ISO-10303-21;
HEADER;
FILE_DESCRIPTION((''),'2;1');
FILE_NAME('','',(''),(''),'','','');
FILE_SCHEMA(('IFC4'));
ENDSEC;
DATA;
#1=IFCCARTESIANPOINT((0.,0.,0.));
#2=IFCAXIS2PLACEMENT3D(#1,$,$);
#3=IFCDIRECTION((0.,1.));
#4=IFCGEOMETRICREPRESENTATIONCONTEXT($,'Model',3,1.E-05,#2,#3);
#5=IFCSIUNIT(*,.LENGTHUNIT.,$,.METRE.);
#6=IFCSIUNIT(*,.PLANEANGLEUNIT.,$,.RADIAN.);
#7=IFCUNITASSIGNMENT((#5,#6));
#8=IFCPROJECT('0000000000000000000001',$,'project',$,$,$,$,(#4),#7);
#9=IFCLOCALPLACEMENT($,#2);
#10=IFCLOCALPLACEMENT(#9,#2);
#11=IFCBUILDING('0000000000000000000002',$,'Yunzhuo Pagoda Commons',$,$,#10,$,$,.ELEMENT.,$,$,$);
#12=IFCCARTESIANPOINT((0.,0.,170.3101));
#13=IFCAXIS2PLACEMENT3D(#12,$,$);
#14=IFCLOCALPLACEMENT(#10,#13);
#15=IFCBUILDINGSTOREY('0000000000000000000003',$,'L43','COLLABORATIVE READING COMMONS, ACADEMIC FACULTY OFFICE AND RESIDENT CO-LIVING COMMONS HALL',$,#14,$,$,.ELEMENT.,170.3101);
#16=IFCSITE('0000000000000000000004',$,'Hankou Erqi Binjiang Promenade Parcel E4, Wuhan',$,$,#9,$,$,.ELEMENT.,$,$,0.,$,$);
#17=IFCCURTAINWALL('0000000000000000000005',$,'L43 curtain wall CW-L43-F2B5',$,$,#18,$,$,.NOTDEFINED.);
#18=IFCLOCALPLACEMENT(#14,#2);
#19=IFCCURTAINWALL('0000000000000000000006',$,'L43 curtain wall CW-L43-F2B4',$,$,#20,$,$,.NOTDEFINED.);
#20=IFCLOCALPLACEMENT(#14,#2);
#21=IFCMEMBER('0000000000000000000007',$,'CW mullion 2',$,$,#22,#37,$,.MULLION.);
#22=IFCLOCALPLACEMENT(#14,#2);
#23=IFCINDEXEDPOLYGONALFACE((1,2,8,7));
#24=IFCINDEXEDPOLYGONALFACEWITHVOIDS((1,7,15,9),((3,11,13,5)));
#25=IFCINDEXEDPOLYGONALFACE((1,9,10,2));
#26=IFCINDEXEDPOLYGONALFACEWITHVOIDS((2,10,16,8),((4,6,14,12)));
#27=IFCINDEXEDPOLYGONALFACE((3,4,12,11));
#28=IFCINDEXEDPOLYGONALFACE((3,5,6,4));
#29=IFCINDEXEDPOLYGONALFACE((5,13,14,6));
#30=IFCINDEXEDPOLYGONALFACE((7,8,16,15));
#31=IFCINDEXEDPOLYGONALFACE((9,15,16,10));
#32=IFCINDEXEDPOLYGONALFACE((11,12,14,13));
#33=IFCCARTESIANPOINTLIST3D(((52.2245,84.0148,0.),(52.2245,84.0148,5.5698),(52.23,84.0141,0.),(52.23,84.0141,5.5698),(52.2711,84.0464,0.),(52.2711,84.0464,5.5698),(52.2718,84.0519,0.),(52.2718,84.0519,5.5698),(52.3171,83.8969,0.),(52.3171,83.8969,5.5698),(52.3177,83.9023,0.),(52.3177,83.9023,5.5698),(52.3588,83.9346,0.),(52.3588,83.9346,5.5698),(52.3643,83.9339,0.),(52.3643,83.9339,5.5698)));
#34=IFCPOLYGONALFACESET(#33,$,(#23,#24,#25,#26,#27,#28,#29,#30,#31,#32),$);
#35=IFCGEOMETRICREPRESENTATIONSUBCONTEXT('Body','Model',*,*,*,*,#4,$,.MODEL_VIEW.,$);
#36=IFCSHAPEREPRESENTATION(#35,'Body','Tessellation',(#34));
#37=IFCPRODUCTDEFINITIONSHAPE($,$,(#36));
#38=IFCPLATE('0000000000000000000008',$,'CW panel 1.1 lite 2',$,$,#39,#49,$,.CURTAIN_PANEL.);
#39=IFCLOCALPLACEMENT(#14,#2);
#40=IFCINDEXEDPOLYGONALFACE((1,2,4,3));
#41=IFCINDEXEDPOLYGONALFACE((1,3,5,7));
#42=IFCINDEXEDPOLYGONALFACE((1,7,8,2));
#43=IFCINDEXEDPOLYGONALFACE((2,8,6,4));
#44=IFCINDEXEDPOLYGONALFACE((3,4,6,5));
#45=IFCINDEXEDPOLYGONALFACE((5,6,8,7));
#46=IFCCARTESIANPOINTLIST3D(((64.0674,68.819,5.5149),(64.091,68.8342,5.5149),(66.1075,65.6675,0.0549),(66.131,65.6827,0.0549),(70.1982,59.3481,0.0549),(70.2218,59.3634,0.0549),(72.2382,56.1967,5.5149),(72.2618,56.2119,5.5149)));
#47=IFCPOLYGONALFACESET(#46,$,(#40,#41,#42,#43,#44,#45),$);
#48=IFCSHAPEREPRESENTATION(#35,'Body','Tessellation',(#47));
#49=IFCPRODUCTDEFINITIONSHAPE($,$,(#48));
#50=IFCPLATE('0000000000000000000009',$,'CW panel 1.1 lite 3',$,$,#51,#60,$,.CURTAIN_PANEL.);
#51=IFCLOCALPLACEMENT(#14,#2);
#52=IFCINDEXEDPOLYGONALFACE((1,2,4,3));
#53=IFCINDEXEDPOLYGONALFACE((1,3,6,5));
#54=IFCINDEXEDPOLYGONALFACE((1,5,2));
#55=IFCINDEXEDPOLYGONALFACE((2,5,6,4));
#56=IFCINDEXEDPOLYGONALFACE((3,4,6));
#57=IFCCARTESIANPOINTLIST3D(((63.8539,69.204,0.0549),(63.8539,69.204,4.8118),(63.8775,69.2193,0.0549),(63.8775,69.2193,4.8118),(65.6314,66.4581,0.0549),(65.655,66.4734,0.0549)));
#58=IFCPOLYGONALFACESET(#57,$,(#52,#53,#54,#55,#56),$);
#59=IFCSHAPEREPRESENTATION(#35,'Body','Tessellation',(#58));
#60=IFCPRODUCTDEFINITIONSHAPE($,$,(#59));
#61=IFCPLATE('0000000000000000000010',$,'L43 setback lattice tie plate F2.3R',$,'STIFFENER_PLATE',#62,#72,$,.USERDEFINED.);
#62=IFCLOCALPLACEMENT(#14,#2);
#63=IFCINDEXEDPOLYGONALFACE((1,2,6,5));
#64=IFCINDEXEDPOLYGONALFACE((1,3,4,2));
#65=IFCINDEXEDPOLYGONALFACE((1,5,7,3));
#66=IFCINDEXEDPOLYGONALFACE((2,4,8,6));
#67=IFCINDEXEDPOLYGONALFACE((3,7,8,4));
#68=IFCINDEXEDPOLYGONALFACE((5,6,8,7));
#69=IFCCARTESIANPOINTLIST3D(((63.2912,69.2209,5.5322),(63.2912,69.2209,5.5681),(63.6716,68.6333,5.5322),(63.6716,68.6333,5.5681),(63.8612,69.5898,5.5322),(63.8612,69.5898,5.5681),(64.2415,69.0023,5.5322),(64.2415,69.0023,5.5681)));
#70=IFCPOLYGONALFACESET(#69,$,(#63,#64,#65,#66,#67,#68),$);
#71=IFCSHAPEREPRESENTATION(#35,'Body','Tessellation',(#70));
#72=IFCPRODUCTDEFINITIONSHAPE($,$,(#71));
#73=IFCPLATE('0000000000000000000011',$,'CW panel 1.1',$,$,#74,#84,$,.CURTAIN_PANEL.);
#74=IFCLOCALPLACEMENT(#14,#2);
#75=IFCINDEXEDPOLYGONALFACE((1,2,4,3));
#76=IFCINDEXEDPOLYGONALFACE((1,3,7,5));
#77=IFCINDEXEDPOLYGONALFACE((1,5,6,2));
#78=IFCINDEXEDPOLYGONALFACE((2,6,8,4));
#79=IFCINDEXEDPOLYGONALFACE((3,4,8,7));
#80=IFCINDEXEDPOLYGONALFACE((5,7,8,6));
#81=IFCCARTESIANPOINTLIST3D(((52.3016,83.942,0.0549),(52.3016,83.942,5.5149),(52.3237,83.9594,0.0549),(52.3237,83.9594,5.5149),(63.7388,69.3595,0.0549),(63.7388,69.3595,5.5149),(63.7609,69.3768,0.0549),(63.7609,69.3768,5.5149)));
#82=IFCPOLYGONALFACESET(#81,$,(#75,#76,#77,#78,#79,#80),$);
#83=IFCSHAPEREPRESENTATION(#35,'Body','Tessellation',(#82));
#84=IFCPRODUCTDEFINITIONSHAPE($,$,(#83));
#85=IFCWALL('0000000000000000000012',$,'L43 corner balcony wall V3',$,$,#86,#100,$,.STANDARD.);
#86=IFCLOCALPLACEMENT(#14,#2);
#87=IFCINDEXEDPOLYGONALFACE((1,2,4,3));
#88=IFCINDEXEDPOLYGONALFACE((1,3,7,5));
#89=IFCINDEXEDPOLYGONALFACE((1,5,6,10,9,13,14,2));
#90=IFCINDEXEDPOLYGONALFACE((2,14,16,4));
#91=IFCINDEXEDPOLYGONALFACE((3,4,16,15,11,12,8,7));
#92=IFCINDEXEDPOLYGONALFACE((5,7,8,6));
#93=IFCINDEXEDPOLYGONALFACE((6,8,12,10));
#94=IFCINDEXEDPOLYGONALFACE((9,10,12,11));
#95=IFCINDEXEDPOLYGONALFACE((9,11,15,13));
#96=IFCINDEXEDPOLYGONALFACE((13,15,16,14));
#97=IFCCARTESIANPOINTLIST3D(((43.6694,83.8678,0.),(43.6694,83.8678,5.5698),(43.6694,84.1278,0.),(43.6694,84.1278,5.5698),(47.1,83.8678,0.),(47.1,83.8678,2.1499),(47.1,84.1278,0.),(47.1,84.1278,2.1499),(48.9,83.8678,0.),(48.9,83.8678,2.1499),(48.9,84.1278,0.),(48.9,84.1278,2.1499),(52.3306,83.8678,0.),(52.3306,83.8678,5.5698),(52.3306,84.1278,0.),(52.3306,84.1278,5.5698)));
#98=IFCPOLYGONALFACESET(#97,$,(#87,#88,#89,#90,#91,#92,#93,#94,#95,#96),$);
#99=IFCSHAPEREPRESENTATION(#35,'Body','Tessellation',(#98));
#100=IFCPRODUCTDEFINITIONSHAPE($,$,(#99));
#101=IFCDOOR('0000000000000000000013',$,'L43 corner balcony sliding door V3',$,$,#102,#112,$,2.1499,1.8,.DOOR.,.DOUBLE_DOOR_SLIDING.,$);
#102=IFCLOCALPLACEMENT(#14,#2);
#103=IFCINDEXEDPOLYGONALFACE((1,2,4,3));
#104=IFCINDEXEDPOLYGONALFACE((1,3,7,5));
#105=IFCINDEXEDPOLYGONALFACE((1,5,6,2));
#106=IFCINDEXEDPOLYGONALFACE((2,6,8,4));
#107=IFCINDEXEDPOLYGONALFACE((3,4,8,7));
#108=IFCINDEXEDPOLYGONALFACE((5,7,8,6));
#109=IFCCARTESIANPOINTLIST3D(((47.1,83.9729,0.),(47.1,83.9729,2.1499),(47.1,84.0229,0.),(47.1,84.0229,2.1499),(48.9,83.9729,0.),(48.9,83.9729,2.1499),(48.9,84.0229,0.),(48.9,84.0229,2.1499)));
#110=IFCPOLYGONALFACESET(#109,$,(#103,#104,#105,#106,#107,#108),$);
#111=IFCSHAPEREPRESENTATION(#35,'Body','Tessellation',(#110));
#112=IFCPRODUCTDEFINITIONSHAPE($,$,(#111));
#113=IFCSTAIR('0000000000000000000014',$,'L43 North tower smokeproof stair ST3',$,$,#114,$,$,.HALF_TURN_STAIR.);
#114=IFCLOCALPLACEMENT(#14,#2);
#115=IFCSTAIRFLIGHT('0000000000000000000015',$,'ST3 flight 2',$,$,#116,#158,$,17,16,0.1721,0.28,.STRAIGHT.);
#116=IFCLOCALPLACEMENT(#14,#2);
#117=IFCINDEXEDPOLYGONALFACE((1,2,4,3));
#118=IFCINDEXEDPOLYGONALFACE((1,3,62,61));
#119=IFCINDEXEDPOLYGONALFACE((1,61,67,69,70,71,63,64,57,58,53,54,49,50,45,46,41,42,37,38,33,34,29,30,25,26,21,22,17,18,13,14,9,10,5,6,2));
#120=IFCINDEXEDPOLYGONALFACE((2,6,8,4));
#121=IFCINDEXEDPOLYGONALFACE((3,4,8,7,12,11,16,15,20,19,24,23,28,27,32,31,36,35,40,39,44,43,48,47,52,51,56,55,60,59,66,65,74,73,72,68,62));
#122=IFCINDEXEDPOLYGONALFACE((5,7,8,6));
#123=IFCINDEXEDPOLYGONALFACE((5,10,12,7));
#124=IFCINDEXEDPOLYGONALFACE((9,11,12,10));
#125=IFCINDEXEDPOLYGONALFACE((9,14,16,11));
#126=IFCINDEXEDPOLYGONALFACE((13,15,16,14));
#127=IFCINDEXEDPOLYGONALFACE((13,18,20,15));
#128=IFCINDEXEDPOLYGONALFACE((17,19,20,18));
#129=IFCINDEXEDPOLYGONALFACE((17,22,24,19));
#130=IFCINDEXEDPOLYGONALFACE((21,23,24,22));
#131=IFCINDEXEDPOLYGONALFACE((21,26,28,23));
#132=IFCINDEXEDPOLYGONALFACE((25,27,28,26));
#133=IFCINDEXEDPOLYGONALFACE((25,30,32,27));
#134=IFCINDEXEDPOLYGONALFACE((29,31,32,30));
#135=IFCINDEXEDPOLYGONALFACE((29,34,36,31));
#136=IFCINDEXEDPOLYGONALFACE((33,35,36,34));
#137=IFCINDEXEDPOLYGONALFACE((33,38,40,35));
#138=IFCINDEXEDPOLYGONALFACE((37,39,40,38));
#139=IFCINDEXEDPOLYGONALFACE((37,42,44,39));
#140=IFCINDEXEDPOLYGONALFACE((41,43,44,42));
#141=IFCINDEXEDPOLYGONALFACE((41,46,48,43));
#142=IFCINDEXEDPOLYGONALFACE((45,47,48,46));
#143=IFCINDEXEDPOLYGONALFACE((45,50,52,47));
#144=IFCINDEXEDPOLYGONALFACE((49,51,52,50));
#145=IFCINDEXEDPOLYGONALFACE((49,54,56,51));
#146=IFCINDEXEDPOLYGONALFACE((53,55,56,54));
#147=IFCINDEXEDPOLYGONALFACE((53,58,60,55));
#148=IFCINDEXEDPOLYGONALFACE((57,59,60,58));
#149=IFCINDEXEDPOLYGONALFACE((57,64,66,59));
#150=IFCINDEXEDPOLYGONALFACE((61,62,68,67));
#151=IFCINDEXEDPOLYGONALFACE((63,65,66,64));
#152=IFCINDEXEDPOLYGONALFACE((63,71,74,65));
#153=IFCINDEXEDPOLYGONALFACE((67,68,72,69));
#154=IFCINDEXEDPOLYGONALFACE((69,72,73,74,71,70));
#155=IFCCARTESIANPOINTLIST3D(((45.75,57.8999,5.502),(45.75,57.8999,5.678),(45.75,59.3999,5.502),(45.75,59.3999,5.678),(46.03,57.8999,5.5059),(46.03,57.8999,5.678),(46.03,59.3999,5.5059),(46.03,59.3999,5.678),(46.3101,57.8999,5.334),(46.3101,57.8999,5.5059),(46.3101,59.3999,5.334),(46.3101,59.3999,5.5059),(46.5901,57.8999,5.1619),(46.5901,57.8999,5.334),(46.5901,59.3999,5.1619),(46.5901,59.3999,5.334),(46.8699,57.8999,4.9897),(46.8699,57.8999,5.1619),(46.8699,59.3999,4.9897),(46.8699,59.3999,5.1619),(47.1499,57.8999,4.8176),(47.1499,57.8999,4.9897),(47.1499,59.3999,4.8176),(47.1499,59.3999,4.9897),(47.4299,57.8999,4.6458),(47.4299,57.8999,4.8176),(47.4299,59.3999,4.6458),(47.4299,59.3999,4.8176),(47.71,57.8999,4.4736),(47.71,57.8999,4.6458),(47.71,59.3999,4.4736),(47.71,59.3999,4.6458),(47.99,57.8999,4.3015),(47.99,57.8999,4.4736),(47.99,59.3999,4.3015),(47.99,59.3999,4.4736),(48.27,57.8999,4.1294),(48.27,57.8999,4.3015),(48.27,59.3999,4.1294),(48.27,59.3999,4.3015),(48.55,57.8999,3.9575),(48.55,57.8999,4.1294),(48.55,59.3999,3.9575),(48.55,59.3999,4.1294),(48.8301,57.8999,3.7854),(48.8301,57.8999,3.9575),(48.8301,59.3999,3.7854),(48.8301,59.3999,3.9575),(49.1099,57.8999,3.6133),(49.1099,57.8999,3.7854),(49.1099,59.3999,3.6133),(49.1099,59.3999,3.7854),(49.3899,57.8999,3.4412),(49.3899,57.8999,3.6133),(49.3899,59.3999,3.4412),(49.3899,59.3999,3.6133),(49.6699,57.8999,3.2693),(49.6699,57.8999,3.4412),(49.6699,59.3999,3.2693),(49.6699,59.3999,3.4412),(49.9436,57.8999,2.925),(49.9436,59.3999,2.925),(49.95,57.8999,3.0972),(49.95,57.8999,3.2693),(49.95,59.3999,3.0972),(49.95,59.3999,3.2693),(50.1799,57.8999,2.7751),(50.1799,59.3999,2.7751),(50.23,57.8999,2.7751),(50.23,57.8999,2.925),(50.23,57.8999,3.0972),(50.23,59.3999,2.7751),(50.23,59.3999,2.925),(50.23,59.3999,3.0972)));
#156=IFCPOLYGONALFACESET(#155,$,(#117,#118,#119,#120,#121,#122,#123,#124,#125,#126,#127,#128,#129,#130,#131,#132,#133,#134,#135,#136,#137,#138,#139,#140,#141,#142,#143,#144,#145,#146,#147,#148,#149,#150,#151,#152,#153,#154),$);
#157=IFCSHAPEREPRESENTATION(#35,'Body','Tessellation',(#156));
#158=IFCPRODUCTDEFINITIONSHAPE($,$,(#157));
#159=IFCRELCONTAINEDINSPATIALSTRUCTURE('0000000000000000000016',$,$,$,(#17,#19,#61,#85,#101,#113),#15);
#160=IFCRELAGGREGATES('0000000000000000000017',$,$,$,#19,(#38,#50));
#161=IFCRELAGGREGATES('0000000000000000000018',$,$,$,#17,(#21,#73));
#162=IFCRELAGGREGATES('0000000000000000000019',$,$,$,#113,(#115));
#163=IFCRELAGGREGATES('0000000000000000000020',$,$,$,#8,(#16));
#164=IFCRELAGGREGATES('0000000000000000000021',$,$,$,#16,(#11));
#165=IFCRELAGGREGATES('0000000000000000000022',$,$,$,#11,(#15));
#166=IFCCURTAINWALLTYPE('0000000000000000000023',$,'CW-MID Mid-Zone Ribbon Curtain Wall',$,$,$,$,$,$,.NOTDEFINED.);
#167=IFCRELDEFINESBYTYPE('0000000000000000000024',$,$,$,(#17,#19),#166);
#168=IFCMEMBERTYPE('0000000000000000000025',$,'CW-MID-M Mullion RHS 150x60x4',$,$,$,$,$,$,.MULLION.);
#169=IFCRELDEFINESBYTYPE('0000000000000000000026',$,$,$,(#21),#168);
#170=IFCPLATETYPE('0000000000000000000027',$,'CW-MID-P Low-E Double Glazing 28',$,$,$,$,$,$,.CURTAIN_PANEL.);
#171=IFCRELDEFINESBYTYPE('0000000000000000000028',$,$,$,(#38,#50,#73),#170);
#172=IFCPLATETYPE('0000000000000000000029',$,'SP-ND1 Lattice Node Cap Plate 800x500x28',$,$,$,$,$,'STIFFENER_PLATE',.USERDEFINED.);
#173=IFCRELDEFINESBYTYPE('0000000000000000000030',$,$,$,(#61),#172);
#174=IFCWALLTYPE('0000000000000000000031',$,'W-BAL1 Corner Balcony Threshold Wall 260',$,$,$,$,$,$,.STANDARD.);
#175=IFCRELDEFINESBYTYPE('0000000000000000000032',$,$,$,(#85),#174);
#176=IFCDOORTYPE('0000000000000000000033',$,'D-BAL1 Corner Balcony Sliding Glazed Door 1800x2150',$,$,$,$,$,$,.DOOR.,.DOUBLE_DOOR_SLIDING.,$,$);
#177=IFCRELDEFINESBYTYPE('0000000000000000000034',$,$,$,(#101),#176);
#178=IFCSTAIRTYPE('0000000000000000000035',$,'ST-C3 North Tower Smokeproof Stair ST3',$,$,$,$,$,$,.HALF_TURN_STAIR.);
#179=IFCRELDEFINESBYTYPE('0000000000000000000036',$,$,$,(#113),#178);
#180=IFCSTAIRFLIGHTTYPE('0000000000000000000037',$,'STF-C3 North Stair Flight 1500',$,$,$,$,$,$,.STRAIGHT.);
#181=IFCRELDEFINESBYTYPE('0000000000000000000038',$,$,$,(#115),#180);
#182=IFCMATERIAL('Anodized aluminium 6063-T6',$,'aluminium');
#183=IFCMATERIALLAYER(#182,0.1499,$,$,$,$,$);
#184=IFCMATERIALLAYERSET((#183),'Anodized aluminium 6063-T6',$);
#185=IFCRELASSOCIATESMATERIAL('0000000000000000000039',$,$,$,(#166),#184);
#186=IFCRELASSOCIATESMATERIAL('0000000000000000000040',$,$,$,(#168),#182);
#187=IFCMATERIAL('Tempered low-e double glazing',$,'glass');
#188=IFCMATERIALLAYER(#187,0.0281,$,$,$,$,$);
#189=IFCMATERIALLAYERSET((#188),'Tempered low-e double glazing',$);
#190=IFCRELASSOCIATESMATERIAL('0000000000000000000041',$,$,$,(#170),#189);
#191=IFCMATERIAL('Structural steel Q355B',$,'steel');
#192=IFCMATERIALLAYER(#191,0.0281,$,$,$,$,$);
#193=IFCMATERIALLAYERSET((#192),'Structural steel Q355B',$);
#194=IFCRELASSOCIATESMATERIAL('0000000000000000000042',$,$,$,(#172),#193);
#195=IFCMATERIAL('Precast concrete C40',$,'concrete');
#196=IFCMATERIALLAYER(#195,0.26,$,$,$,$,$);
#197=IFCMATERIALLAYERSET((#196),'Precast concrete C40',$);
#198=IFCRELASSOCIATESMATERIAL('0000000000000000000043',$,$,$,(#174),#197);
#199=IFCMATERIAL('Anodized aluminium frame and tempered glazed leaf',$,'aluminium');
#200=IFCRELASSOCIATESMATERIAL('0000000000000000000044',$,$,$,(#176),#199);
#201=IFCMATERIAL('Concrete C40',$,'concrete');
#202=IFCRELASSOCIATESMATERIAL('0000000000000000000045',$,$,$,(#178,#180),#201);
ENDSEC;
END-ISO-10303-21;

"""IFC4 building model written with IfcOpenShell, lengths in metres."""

from ifc_helpers import new_model, si_unit, direction, frame, frame_2d, origin, origin_with_axes, origin_2d, place, context, subcontext, project, spatial, polyline, rectangle, hollow_rectangle, outline, extrude, source, transform, mapped, material, layer, layer_set, material_profile, profile_set, type_object, element, fill, aggregate, save


model = new_model("IFC4")

# Units and contexts
model_context = context("Model", 3, precision=1e-05, world=origin(), true_north=direction((0.0, 1.0)))
body_context = subcontext(model_context, "Body", "Model", "MODEL_VIEW")
ifc_project = project(units=[si_unit("LENGTHUNIT", "METRE"), si_unit("PLANEANGLEUNIT", "RADIAN")], contexts=[model_context])

# Site, building, storey
site_placement = place(None, origin())
site = spatial("IfcSite", under=ifc_project, at=site_placement, Name="Hankou Erqi Binjiang Promenade Parcel E4, Wuhan", CompositionType="ELEMENT", RefElevation=0.0)
building_placement = place(site_placement, origin())
building = spatial("IfcBuilding", under=site, at=building_placement, Name="Yunzhuo Pagoda Commons", CompositionType="ELEMENT")
storey_placement = place(building_placement, frame((0.0, 0.0, 170.3101)))
storey = spatial("IfcBuildingStorey", under=building, at=storey_placement, Name="L43", Description="COLLABORATIVE READING COMMONS, ACADEMIC FACULTY OFFICE AND RESIDENT CO-LIVING COMMONS HALL", CompositionType="ELEMENT", Elevation=170.3101)

# Shared definitions
ifc_material_1 = material(Name="Structural steel Q355B", Category="steel")

# Curtain wall
ifc_material_2 = material(Name="Anodized aluminium 6063-T6", Category="aluminium")
ifc_layer_1 = layer(ifc_material_2, 0.1499)
ifc_layer_set_1 = layer_set([ifc_layer_1], Name="Anodized aluminium 6063-T6")
curtain_wall_type = type_object("IfcCurtainWallType", Name="CW-MID Mid-Zone Ribbon Curtain Wall", PredefinedType="NOTDEFINED", material=ifc_layer_set_1)
curtain_wall_1_placement = place(storey_placement, origin())
curtain_wall_1 = element("IfcCurtainWall", 1, at=curtain_wall_1_placement, inside=storey, type_object=curtain_wall_type, Name="L43 curtain wall CW-L43-F2B5", PredefinedType="NOTDEFINED")

# Curtain wall
curtain_wall_2_placement = place(storey_placement, origin())
curtain_wall_2 = element("IfcCurtainWall", 2, at=curtain_wall_2_placement, inside=storey, type_object=curtain_wall_type, Name="L43 curtain wall CW-L43-F2B4", PredefinedType="NOTDEFINED")
ifc_material_profile_1 = material_profile(ifc_material_2, hollow_rectangle(XDim=0.0601, YDim=0.1499, WallThickness=0.0039, at=origin_2d()), Name="Anodized aluminium 6063-T6")
ifc_profile_set_1 = profile_set([ifc_material_profile_1], Name="Anodized aluminium 6063-T6")
member_type_1 = type_object("IfcMemberType", Name="CW-MID-M Mullion RHS 150x60x4", PredefinedType="MULLION", material=ifc_profile_set_1)
shared_shape_1 = source(origin(), body_context, "Body", "SweptSolid", [
    extrude(hollow_rectangle(XDim=0.0601, YDim=0.1499, WallThickness=0.0039, at=origin_2d()), origin(), (0.0, 0.0, 1.0), 5.5698),
])

# Member
member_1_placement = place(storey_placement, frame((52.2944, 83.9744, 0.0), z_axis=(0.0, 0.0, 1.0), x_axis=(-0.786855, -0.617138, 0.0)))
member_1 = element("IfcMember", 3, at=member_1_placement, type_object=member_type_1, Name="CW mullion 2", PredefinedType="MULLION", context=body_context, shape_type="MappedRepresentation", body=[
    mapped(shared_shape_1, transform((0.0, 0.0, 0.0), scale=1.0)),
])

# Plates
ifc_material_3 = material(Name="Tempered low-e double glazing", Category="glass")
ifc_layer_2 = layer(ifc_material_3, 0.0281)
ifc_layer_set_2 = layer_set([ifc_layer_2], Name="Tempered low-e double glazing")
plate_type_1 = type_object("IfcPlateType", Name="CW-MID-P Low-E Double Glazing 28", PredefinedType="CURTAIN_PANEL", material=ifc_layer_set_2)
plate_1_placement = place(storey_placement, frame((68.1528, 62.5078, 2.7849), z_axis=(0.839466, 0.543412, 0.0), x_axis=(-0.543412, 0.839466, 0.0)))
plate_1 = element("IfcPlate", 4, at=plate_1_placement, type_object=plate_type_1, Name="CW panel 1.1 lite 2", PredefinedType="CURTAIN_PANEL", context=body_context, shape_type="SweptSolid", body=[
    extrude(outline(polyline([(-7.5181, 2.73), (-3.7639, -2.73), (3.7639, -2.73), (7.5181, 2.73), (-7.5181, 2.73)])), origin(), (0.0, 0.0, 1.0), 0.0281),
])
plate_2_placement = place(storey_placement, frame((64.7427, 67.8311, 2.4333), z_axis=(0.839466, 0.543412, 0.0), x_axis=(-0.543412, 0.839466, 0.0)))
plate_2 = element("IfcPlate", 5, at=plate_2_placement, type_object=plate_type_1, Name="CW panel 1.1 lite 3", PredefinedType="CURTAIN_PANEL", context=body_context, shape_type="SweptSolid", body=[
    extrude(outline(polyline([(-1.6355, -2.3784), (1.6355, -2.3784), (1.6355, 2.3784), (-1.6355, -2.3784)])), origin(), (0.0, 0.0, 1.0), 0.0281),
])
aggregate(curtain_wall_2, [plate_1, plate_2])
ifc_layer_3 = layer(ifc_material_1, 0.0281)
ifc_layer_set_3 = layer_set([ifc_layer_3], Name="Structural steel Q355B")
plate_type_2 = type_object("IfcPlateType", Name="SP-ND1 Lattice Node Cap Plate 800x500x28", ElementType="STIFFENER_PLATE", PredefinedType="USERDEFINED", material=ifc_layer_set_3)
shared_shape_2 = source(origin(), body_context, "Body", "SweptSolid", [
    extrude(rectangle(XDim=0.7, YDim=0.679, at=origin_2d()), origin(), (0.0, 0.0, 1.0), 0.0359),
])
plate_3_placement = place(storey_placement, frame((63.7664, 69.1116, 5.5322), z_axis=(0.0, 0.0, 1.0), x_axis=(-0.543409, 0.839468, 0.0)))
element("IfcPlate", 6, at=plate_3_placement, inside=storey, type_object=plate_type_2, Name="L43 setback lattice tie plate F2.3R", ObjectType="STIFFENER_PLATE", PredefinedType="USERDEFINED", context=body_context, shape_type="MappedRepresentation", body=[
    mapped(shared_shape_2, transform((0.0, 0.0, 0.0), scale=1.0)),
])
shared_shape_3 = source(origin(), body_context, "Body", "SweptSolid", [
    extrude(rectangle(XDim=18.5327, YDim=0.0281, at=origin_2d()), origin(), (0.0, 0.0, 1.0), 5.46),
])
plate_4_placement = place(storey_placement, frame((58.0312, 76.6594, 0.0549), z_axis=(0.0, 0.0, 1.0), x_axis=(-0.617138, 0.786855, 0.0)))
plate_4 = element("IfcPlate", 7, at=plate_4_placement, type_object=plate_type_1, Name="CW panel 1.1", PredefinedType="CURTAIN_PANEL", context=body_context, shape_type="MappedRepresentation", body=[
    mapped(shared_shape_3, transform((0.0, 0.0, 0.0), scale=1.0)),
])
aggregate(curtain_wall_1, [member_1, plate_4])

# Wall, opening, door
ifc_material_4 = material(Name="Precast concrete C40", Category="concrete")
ifc_layer_4 = layer(ifc_material_4, 0.26)
ifc_layer_set_4 = layer_set([ifc_layer_4], Name="Precast concrete C40")
wall_type = type_object("IfcWallType", Name="W-BAL1 Corner Balcony Threshold Wall 260", PredefinedType="STANDARD", material=ifc_layer_set_4)
wall_placement = place(storey_placement, frame((52.3306, 83.9978, 0.0), z_axis=(0.0, 0.0, 1.0), x_axis=(-1.0, 0.0, 0.0)))
wall = element("IfcWall", 8, at=wall_placement, inside=storey, type_object=wall_type, Name="L43 corner balcony wall V3", PredefinedType="STANDARD", context=body_context, shape_type="SweptSolid", body=[
    extrude(rectangle(XDim=8.6611, YDim=0.26, at=frame_2d((4.3306, 0.0))), origin(), (0.0, 0.0, 1.0), 5.5698),
])
opening_placement = place(wall_placement, frame((3.4307, 0.0, 0.0)))
opening = element("IfcOpeningElement", 9, at=opening_placement, cuts=wall, PredefinedType="OPENING", context=body_context, shape_type="SweptSolid", body=[
    extrude(rectangle(XDim=1.8, YDim=2.1499, at=frame_2d((0.8999, 1.075))), frame((0.0, 0.1401, 0.0), z_axis=(0.0, -1.0, 0.0), x_axis=(1.0, 0.0, 0.0)), (0.0, 0.0, 1.0), 0.28),
])
ifc_material_5 = material(Name="Anodized aluminium frame and tempered glazed leaf", Category="aluminium")
door_type = type_object("IfcDoorType", Name="D-BAL1 Corner Balcony Sliding Glazed Door 1800x2150", OperationType="DOUBLE_DOOR_SLIDING", PredefinedType="DOOR", material=ifc_material_5)
shared_shape_4 = source(origin(), body_context, "Body", "SweptSolid", [
    extrude(rectangle(XDim=1.8, YDim=2.1499, at=frame_2d((0.8999, 1.075))), frame((0.0, 0.0249, 0.0), z_axis=(0.0, -1.0, 0.0), x_axis=(1.0, 0.0, 0.0)), (0.0, 0.0, 1.0), 0.05),
])
door_placement = place(opening_placement, origin_with_axes())
door = element("IfcDoor", 10, at=door_placement, inside=storey, type_object=door_type, Name="L43 corner balcony sliding door V3", OperationType="DOUBLE_DOOR_SLIDING", OverallHeight=2.1499, OverallWidth=1.8, PredefinedType="DOOR", context=body_context, shape_type="MappedRepresentation", body=[
    mapped(shared_shape_4, transform((0.0, 0.0, 0.0), scale=1.0)),
])
fill(opening, door)

# Stair, stair flight
ifc_material_6 = material(Name="Concrete C40", Category="concrete")
stair_type = type_object("IfcStairType", Name="ST-C3 North Tower Smokeproof Stair ST3", PredefinedType="HALF_TURN_STAIR", material=ifc_material_6)
stair_placement = place(storey_placement, origin())
stair = element("IfcStair", 11, at=stair_placement, inside=storey, type_object=stair_type, Name="L43 North tower smokeproof stair ST3", PredefinedType="HALF_TURN_STAIR")
stair_flight_type = type_object("IfcStairFlightType", Name="STF-C3 North Stair Flight 1500", PredefinedType="STRAIGHT", material=ifc_material_6)
shared_shape_5 = source(origin(), body_context, "Body", "SweptSolid", [
    extrude(outline(polyline([(0.0, -0.1499), (0.0, 0.0), (0.0, 0.1721), (0.28, 0.1721), (0.28, 0.3442), (0.5601, 0.3442), (0.5601, 0.5161), (0.8401, 0.5161), (0.8401, 0.6882), (1.1201, 0.6882), (1.1201, 0.8604), (1.3999, 0.8604), (1.3999, 1.0325), (1.6799, 1.0325), (1.6799, 1.2043), (1.96, 1.2043), (1.96, 1.3765), (2.24, 1.3765), (2.24, 1.5486), (2.52, 1.5486), (2.52, 1.7207), (2.8, 1.7207), (2.8, 1.8926), (3.0801, 1.8926), (3.0801, 2.0647), (3.3601, 2.0647), (3.3601, 2.2368), (3.6399, 2.2368), (3.6399, 2.4089), (3.9199, 2.4089), (3.9199, 2.5808), (4.2, 2.5808), (4.2, 2.7529), (4.48, 2.7529), (4.48, 2.925), (4.48, 2.5769), (0.2864, 0.0), (0.05, -0.1499), (0.0, -0.1499)])), frame((0.0, 0.75, 0.0), z_axis=(0.0, -1.0, 0.0), x_axis=(1.0, 0.0, 0.0)), (0.0, 0.0, 1.0), 1.5),
])
stair_flight_placement = place(storey_placement, frame((50.23, 58.6499, 2.925), z_axis=(0.0, 0.0, 1.0), x_axis=(-1.0, 0.0, 0.0)))
stair_flight = element("IfcStairFlight", 12, at=stair_flight_placement, type_object=stair_flight_type, Name="ST3 flight 2", NumberOfRisers=17, NumberOfTreads=16, PredefinedType="STRAIGHT", RiserHeight=0.1721, TreadLength=0.28, context=body_context, shape_type="MappedRepresentation", body=[
    mapped(shared_shape_5, transform((0.0, 0.0, 0.0), scale=1.0)),
])
aggregate(stair, [stair_flight])

save(model, "model.ifc")
